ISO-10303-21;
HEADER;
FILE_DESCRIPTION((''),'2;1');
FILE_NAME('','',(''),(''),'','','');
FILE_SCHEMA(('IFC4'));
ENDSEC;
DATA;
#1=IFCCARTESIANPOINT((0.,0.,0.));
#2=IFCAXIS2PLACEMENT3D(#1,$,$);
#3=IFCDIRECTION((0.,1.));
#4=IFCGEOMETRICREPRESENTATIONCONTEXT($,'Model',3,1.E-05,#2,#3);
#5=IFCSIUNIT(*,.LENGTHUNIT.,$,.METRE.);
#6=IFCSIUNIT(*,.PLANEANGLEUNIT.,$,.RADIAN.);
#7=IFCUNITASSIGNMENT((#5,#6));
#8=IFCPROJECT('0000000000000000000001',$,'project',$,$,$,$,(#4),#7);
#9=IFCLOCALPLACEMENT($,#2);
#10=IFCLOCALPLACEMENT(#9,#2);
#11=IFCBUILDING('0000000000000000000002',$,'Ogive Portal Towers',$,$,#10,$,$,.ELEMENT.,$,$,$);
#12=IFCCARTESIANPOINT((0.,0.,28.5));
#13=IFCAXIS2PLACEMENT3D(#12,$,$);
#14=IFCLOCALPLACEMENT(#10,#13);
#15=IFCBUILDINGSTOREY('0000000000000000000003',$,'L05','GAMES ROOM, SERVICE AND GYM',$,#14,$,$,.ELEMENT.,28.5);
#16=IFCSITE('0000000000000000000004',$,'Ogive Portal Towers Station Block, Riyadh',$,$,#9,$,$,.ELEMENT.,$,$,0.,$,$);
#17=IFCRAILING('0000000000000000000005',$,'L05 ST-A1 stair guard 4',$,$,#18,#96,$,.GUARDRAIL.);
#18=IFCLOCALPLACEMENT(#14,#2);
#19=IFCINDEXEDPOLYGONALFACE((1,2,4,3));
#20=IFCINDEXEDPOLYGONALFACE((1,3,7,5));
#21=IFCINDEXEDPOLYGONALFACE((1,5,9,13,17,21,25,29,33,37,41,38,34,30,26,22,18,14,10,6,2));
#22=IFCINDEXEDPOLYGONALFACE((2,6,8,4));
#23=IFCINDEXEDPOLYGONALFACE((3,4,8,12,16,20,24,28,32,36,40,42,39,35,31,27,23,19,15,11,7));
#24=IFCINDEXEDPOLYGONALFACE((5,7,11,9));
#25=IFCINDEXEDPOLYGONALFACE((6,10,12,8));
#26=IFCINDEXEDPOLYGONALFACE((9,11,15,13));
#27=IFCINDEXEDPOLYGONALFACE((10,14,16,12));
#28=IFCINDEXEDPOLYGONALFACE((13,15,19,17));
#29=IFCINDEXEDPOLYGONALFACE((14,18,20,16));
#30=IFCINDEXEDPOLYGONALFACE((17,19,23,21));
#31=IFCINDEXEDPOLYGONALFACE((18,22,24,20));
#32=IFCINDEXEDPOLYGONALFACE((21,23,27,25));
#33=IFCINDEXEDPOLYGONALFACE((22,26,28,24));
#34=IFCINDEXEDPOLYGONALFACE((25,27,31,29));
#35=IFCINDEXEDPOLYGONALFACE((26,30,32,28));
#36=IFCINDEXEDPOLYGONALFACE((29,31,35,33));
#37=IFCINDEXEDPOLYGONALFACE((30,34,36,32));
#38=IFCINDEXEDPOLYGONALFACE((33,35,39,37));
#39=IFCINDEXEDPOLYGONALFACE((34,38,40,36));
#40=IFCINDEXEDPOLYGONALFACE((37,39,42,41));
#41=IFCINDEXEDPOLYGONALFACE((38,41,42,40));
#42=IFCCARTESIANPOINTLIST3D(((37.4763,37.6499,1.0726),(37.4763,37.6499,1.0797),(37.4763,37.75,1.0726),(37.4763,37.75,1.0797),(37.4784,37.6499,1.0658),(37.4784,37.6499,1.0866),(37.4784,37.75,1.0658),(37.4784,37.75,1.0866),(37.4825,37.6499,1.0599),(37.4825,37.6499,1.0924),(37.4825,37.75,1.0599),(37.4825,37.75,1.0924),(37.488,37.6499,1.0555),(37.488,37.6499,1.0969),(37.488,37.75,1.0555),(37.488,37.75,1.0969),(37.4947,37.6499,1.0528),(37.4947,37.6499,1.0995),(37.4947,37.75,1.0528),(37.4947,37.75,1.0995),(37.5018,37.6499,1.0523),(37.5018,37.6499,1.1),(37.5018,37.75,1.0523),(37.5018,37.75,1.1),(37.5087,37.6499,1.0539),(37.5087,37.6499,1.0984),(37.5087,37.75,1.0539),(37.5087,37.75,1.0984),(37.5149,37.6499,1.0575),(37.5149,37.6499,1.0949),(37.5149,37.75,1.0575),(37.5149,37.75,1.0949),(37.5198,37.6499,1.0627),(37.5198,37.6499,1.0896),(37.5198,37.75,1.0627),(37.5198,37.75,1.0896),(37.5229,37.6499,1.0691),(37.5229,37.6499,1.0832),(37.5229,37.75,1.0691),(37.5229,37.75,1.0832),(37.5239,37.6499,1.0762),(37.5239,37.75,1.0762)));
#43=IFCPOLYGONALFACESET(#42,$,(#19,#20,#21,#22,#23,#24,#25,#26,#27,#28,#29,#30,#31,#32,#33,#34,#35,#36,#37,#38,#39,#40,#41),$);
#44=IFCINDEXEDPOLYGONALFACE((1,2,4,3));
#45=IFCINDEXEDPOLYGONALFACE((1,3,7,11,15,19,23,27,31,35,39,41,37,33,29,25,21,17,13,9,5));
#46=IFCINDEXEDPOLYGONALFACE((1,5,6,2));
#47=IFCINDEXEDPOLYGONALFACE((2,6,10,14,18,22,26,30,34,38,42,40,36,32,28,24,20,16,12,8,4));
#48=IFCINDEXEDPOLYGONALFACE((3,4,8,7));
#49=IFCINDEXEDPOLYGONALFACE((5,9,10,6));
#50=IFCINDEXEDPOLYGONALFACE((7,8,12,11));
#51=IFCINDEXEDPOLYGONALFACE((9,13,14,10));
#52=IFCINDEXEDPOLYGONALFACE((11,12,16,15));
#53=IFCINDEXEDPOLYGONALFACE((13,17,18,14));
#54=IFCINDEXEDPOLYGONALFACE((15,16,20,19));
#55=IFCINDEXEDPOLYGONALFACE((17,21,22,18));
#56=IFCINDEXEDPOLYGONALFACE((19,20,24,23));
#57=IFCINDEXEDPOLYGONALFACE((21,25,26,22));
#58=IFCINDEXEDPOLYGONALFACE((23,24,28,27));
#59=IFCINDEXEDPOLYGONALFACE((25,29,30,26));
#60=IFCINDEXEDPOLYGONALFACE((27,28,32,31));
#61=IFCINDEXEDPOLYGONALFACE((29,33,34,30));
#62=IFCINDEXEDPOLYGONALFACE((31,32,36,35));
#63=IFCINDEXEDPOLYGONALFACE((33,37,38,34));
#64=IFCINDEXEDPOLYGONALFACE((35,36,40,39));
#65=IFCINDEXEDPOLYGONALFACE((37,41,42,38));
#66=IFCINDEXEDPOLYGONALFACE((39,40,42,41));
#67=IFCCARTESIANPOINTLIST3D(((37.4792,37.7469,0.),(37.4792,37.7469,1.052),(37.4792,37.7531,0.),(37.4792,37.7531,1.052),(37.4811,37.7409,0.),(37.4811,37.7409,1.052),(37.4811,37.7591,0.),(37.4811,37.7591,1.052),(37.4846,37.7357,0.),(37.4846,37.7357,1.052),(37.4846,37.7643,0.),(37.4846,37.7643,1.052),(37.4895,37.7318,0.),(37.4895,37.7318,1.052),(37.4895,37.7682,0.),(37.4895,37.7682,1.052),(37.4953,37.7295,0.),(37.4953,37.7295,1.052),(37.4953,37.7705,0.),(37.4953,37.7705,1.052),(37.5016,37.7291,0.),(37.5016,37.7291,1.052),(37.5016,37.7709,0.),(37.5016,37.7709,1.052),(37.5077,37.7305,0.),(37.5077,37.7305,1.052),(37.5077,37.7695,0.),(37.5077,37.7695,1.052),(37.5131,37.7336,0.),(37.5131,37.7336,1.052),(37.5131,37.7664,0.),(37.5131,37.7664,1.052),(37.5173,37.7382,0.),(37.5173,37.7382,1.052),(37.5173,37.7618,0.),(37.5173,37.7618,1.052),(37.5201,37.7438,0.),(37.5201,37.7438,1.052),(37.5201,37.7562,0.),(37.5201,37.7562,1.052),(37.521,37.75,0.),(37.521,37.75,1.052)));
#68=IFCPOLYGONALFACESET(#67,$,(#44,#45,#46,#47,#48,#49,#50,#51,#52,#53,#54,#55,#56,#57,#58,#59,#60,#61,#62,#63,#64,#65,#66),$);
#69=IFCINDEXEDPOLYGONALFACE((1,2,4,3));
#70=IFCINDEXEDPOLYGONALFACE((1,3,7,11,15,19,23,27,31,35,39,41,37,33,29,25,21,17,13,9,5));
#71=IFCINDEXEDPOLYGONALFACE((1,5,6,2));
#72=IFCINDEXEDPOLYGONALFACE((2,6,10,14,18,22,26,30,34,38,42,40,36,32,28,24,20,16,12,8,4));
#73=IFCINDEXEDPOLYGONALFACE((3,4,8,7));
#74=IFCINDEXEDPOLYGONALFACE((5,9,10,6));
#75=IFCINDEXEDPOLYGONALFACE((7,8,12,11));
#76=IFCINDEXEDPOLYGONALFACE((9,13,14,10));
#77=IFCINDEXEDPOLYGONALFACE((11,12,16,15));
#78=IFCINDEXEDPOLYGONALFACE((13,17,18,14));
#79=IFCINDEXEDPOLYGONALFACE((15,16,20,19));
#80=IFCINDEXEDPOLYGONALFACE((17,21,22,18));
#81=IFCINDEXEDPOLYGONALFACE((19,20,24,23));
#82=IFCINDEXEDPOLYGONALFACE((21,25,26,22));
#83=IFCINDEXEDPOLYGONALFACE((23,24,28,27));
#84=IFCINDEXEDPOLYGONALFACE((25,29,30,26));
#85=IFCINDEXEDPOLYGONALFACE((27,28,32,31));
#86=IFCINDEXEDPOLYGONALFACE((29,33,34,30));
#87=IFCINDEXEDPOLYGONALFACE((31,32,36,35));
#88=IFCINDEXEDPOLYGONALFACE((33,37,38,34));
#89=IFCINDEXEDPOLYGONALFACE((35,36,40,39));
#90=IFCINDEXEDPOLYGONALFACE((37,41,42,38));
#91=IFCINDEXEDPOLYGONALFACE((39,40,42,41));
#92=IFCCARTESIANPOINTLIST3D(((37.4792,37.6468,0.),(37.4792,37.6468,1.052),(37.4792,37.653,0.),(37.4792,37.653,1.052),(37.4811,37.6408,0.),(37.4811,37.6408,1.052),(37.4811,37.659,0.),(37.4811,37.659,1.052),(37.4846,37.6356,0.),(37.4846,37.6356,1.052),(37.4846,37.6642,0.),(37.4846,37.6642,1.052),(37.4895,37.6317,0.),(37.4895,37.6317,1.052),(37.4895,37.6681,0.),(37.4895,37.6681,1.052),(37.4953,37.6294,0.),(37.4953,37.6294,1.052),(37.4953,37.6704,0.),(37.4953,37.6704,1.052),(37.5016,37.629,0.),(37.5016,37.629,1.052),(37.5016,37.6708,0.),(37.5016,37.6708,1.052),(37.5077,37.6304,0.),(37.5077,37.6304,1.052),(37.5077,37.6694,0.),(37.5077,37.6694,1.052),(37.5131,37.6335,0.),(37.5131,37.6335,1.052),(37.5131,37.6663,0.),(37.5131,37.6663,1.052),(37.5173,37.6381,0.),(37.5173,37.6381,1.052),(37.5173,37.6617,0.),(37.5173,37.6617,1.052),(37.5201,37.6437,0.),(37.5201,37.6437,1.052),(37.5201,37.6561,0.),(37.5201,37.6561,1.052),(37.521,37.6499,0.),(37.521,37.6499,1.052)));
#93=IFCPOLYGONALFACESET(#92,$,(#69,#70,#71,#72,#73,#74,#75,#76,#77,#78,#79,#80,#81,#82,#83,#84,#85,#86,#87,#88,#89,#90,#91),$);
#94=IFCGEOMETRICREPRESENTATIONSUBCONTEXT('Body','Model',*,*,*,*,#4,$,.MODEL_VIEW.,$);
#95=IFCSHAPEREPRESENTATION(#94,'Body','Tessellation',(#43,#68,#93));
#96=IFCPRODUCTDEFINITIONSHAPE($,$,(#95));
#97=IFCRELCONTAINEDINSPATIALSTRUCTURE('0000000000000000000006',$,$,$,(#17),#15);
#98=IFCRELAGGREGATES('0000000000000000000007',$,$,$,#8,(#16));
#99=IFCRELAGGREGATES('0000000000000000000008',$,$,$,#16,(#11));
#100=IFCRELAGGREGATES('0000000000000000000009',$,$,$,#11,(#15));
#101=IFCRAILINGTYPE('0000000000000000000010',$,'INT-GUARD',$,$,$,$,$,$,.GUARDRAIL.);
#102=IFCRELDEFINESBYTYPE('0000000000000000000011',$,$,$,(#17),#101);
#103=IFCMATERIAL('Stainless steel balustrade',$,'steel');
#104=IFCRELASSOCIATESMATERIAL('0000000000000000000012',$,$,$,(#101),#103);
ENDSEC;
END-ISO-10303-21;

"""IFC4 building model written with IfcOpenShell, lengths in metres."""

from ifc_helpers import new_model, si_unit, direction, frame, origin, origin_2d, place, context, subcontext, project, spatial, circle, extrude, material, type_object, element, save


model = new_model("IFC4")

# Units and contexts
model_context = context("Model", 3, precision=1e-05, world=origin(), true_north=direction((0.0, 1.0)))
body_context = subcontext(model_context, "Body", "Model", "MODEL_VIEW")
ifc_project = project(units=[si_unit("LENGTHUNIT", "METRE"), si_unit("PLANEANGLEUNIT", "RADIAN")], contexts=[model_context])

# Site, building, storey
site_placement = place(None, origin())
site = spatial("IfcSite", under=ifc_project, at=site_placement, Name="Ogive Portal Towers Station Block, Riyadh", CompositionType="ELEMENT", RefElevation=0.0)
building_placement = place(site_placement, origin())
building = spatial("IfcBuilding", under=site, at=building_placement, Name="Ogive Portal Towers", CompositionType="ELEMENT")
storey_placement = place(building_placement, frame((0.0, 0.0, 28.5)))
storey = spatial("IfcBuildingStorey", under=building, at=storey_placement, Name="L05", Description="GAMES ROOM, SERVICE AND GYM", CompositionType="ELEMENT", Elevation=28.5)

# Railing
ifc_material_1 = material(Name="Stainless steel balustrade", Category="steel")
railing_type_1 = type_object("IfcRailingType", Name="INT-GUARD", PredefinedType="GUARDRAIL", material=ifc_material_1)
railing_1_placement = place(storey_placement, frame((37.5, 37.75, 0.0)))
element("IfcRailing", 1, at=railing_1_placement, inside=storey, type_object=railing_type_1, Name="L05 ST-A1 stair guard 4", PredefinedType="GUARDRAIL", context=body_context, shape_type="SweptSolid", body=[
    extrude(circle(Radius=0.0239, at=origin_2d()), frame((0.0, 0.0, 1.0762), z_axis=(0.0, -1.0, 0.0), x_axis=(1.0, 0.0, 0.0)), (0.0, 0.0, 1.0), 0.1001),
    extrude(circle(Radius=0.021, at=origin_2d()), origin(), (0.0, 0.0, 1.0), 1.052),
    extrude(circle(Radius=0.021, at=origin_2d()), frame((0.0, -0.1001, 0.0)), (0.0, 0.0, 1.0), 1.052),
])

save(model, "model.ifc")
